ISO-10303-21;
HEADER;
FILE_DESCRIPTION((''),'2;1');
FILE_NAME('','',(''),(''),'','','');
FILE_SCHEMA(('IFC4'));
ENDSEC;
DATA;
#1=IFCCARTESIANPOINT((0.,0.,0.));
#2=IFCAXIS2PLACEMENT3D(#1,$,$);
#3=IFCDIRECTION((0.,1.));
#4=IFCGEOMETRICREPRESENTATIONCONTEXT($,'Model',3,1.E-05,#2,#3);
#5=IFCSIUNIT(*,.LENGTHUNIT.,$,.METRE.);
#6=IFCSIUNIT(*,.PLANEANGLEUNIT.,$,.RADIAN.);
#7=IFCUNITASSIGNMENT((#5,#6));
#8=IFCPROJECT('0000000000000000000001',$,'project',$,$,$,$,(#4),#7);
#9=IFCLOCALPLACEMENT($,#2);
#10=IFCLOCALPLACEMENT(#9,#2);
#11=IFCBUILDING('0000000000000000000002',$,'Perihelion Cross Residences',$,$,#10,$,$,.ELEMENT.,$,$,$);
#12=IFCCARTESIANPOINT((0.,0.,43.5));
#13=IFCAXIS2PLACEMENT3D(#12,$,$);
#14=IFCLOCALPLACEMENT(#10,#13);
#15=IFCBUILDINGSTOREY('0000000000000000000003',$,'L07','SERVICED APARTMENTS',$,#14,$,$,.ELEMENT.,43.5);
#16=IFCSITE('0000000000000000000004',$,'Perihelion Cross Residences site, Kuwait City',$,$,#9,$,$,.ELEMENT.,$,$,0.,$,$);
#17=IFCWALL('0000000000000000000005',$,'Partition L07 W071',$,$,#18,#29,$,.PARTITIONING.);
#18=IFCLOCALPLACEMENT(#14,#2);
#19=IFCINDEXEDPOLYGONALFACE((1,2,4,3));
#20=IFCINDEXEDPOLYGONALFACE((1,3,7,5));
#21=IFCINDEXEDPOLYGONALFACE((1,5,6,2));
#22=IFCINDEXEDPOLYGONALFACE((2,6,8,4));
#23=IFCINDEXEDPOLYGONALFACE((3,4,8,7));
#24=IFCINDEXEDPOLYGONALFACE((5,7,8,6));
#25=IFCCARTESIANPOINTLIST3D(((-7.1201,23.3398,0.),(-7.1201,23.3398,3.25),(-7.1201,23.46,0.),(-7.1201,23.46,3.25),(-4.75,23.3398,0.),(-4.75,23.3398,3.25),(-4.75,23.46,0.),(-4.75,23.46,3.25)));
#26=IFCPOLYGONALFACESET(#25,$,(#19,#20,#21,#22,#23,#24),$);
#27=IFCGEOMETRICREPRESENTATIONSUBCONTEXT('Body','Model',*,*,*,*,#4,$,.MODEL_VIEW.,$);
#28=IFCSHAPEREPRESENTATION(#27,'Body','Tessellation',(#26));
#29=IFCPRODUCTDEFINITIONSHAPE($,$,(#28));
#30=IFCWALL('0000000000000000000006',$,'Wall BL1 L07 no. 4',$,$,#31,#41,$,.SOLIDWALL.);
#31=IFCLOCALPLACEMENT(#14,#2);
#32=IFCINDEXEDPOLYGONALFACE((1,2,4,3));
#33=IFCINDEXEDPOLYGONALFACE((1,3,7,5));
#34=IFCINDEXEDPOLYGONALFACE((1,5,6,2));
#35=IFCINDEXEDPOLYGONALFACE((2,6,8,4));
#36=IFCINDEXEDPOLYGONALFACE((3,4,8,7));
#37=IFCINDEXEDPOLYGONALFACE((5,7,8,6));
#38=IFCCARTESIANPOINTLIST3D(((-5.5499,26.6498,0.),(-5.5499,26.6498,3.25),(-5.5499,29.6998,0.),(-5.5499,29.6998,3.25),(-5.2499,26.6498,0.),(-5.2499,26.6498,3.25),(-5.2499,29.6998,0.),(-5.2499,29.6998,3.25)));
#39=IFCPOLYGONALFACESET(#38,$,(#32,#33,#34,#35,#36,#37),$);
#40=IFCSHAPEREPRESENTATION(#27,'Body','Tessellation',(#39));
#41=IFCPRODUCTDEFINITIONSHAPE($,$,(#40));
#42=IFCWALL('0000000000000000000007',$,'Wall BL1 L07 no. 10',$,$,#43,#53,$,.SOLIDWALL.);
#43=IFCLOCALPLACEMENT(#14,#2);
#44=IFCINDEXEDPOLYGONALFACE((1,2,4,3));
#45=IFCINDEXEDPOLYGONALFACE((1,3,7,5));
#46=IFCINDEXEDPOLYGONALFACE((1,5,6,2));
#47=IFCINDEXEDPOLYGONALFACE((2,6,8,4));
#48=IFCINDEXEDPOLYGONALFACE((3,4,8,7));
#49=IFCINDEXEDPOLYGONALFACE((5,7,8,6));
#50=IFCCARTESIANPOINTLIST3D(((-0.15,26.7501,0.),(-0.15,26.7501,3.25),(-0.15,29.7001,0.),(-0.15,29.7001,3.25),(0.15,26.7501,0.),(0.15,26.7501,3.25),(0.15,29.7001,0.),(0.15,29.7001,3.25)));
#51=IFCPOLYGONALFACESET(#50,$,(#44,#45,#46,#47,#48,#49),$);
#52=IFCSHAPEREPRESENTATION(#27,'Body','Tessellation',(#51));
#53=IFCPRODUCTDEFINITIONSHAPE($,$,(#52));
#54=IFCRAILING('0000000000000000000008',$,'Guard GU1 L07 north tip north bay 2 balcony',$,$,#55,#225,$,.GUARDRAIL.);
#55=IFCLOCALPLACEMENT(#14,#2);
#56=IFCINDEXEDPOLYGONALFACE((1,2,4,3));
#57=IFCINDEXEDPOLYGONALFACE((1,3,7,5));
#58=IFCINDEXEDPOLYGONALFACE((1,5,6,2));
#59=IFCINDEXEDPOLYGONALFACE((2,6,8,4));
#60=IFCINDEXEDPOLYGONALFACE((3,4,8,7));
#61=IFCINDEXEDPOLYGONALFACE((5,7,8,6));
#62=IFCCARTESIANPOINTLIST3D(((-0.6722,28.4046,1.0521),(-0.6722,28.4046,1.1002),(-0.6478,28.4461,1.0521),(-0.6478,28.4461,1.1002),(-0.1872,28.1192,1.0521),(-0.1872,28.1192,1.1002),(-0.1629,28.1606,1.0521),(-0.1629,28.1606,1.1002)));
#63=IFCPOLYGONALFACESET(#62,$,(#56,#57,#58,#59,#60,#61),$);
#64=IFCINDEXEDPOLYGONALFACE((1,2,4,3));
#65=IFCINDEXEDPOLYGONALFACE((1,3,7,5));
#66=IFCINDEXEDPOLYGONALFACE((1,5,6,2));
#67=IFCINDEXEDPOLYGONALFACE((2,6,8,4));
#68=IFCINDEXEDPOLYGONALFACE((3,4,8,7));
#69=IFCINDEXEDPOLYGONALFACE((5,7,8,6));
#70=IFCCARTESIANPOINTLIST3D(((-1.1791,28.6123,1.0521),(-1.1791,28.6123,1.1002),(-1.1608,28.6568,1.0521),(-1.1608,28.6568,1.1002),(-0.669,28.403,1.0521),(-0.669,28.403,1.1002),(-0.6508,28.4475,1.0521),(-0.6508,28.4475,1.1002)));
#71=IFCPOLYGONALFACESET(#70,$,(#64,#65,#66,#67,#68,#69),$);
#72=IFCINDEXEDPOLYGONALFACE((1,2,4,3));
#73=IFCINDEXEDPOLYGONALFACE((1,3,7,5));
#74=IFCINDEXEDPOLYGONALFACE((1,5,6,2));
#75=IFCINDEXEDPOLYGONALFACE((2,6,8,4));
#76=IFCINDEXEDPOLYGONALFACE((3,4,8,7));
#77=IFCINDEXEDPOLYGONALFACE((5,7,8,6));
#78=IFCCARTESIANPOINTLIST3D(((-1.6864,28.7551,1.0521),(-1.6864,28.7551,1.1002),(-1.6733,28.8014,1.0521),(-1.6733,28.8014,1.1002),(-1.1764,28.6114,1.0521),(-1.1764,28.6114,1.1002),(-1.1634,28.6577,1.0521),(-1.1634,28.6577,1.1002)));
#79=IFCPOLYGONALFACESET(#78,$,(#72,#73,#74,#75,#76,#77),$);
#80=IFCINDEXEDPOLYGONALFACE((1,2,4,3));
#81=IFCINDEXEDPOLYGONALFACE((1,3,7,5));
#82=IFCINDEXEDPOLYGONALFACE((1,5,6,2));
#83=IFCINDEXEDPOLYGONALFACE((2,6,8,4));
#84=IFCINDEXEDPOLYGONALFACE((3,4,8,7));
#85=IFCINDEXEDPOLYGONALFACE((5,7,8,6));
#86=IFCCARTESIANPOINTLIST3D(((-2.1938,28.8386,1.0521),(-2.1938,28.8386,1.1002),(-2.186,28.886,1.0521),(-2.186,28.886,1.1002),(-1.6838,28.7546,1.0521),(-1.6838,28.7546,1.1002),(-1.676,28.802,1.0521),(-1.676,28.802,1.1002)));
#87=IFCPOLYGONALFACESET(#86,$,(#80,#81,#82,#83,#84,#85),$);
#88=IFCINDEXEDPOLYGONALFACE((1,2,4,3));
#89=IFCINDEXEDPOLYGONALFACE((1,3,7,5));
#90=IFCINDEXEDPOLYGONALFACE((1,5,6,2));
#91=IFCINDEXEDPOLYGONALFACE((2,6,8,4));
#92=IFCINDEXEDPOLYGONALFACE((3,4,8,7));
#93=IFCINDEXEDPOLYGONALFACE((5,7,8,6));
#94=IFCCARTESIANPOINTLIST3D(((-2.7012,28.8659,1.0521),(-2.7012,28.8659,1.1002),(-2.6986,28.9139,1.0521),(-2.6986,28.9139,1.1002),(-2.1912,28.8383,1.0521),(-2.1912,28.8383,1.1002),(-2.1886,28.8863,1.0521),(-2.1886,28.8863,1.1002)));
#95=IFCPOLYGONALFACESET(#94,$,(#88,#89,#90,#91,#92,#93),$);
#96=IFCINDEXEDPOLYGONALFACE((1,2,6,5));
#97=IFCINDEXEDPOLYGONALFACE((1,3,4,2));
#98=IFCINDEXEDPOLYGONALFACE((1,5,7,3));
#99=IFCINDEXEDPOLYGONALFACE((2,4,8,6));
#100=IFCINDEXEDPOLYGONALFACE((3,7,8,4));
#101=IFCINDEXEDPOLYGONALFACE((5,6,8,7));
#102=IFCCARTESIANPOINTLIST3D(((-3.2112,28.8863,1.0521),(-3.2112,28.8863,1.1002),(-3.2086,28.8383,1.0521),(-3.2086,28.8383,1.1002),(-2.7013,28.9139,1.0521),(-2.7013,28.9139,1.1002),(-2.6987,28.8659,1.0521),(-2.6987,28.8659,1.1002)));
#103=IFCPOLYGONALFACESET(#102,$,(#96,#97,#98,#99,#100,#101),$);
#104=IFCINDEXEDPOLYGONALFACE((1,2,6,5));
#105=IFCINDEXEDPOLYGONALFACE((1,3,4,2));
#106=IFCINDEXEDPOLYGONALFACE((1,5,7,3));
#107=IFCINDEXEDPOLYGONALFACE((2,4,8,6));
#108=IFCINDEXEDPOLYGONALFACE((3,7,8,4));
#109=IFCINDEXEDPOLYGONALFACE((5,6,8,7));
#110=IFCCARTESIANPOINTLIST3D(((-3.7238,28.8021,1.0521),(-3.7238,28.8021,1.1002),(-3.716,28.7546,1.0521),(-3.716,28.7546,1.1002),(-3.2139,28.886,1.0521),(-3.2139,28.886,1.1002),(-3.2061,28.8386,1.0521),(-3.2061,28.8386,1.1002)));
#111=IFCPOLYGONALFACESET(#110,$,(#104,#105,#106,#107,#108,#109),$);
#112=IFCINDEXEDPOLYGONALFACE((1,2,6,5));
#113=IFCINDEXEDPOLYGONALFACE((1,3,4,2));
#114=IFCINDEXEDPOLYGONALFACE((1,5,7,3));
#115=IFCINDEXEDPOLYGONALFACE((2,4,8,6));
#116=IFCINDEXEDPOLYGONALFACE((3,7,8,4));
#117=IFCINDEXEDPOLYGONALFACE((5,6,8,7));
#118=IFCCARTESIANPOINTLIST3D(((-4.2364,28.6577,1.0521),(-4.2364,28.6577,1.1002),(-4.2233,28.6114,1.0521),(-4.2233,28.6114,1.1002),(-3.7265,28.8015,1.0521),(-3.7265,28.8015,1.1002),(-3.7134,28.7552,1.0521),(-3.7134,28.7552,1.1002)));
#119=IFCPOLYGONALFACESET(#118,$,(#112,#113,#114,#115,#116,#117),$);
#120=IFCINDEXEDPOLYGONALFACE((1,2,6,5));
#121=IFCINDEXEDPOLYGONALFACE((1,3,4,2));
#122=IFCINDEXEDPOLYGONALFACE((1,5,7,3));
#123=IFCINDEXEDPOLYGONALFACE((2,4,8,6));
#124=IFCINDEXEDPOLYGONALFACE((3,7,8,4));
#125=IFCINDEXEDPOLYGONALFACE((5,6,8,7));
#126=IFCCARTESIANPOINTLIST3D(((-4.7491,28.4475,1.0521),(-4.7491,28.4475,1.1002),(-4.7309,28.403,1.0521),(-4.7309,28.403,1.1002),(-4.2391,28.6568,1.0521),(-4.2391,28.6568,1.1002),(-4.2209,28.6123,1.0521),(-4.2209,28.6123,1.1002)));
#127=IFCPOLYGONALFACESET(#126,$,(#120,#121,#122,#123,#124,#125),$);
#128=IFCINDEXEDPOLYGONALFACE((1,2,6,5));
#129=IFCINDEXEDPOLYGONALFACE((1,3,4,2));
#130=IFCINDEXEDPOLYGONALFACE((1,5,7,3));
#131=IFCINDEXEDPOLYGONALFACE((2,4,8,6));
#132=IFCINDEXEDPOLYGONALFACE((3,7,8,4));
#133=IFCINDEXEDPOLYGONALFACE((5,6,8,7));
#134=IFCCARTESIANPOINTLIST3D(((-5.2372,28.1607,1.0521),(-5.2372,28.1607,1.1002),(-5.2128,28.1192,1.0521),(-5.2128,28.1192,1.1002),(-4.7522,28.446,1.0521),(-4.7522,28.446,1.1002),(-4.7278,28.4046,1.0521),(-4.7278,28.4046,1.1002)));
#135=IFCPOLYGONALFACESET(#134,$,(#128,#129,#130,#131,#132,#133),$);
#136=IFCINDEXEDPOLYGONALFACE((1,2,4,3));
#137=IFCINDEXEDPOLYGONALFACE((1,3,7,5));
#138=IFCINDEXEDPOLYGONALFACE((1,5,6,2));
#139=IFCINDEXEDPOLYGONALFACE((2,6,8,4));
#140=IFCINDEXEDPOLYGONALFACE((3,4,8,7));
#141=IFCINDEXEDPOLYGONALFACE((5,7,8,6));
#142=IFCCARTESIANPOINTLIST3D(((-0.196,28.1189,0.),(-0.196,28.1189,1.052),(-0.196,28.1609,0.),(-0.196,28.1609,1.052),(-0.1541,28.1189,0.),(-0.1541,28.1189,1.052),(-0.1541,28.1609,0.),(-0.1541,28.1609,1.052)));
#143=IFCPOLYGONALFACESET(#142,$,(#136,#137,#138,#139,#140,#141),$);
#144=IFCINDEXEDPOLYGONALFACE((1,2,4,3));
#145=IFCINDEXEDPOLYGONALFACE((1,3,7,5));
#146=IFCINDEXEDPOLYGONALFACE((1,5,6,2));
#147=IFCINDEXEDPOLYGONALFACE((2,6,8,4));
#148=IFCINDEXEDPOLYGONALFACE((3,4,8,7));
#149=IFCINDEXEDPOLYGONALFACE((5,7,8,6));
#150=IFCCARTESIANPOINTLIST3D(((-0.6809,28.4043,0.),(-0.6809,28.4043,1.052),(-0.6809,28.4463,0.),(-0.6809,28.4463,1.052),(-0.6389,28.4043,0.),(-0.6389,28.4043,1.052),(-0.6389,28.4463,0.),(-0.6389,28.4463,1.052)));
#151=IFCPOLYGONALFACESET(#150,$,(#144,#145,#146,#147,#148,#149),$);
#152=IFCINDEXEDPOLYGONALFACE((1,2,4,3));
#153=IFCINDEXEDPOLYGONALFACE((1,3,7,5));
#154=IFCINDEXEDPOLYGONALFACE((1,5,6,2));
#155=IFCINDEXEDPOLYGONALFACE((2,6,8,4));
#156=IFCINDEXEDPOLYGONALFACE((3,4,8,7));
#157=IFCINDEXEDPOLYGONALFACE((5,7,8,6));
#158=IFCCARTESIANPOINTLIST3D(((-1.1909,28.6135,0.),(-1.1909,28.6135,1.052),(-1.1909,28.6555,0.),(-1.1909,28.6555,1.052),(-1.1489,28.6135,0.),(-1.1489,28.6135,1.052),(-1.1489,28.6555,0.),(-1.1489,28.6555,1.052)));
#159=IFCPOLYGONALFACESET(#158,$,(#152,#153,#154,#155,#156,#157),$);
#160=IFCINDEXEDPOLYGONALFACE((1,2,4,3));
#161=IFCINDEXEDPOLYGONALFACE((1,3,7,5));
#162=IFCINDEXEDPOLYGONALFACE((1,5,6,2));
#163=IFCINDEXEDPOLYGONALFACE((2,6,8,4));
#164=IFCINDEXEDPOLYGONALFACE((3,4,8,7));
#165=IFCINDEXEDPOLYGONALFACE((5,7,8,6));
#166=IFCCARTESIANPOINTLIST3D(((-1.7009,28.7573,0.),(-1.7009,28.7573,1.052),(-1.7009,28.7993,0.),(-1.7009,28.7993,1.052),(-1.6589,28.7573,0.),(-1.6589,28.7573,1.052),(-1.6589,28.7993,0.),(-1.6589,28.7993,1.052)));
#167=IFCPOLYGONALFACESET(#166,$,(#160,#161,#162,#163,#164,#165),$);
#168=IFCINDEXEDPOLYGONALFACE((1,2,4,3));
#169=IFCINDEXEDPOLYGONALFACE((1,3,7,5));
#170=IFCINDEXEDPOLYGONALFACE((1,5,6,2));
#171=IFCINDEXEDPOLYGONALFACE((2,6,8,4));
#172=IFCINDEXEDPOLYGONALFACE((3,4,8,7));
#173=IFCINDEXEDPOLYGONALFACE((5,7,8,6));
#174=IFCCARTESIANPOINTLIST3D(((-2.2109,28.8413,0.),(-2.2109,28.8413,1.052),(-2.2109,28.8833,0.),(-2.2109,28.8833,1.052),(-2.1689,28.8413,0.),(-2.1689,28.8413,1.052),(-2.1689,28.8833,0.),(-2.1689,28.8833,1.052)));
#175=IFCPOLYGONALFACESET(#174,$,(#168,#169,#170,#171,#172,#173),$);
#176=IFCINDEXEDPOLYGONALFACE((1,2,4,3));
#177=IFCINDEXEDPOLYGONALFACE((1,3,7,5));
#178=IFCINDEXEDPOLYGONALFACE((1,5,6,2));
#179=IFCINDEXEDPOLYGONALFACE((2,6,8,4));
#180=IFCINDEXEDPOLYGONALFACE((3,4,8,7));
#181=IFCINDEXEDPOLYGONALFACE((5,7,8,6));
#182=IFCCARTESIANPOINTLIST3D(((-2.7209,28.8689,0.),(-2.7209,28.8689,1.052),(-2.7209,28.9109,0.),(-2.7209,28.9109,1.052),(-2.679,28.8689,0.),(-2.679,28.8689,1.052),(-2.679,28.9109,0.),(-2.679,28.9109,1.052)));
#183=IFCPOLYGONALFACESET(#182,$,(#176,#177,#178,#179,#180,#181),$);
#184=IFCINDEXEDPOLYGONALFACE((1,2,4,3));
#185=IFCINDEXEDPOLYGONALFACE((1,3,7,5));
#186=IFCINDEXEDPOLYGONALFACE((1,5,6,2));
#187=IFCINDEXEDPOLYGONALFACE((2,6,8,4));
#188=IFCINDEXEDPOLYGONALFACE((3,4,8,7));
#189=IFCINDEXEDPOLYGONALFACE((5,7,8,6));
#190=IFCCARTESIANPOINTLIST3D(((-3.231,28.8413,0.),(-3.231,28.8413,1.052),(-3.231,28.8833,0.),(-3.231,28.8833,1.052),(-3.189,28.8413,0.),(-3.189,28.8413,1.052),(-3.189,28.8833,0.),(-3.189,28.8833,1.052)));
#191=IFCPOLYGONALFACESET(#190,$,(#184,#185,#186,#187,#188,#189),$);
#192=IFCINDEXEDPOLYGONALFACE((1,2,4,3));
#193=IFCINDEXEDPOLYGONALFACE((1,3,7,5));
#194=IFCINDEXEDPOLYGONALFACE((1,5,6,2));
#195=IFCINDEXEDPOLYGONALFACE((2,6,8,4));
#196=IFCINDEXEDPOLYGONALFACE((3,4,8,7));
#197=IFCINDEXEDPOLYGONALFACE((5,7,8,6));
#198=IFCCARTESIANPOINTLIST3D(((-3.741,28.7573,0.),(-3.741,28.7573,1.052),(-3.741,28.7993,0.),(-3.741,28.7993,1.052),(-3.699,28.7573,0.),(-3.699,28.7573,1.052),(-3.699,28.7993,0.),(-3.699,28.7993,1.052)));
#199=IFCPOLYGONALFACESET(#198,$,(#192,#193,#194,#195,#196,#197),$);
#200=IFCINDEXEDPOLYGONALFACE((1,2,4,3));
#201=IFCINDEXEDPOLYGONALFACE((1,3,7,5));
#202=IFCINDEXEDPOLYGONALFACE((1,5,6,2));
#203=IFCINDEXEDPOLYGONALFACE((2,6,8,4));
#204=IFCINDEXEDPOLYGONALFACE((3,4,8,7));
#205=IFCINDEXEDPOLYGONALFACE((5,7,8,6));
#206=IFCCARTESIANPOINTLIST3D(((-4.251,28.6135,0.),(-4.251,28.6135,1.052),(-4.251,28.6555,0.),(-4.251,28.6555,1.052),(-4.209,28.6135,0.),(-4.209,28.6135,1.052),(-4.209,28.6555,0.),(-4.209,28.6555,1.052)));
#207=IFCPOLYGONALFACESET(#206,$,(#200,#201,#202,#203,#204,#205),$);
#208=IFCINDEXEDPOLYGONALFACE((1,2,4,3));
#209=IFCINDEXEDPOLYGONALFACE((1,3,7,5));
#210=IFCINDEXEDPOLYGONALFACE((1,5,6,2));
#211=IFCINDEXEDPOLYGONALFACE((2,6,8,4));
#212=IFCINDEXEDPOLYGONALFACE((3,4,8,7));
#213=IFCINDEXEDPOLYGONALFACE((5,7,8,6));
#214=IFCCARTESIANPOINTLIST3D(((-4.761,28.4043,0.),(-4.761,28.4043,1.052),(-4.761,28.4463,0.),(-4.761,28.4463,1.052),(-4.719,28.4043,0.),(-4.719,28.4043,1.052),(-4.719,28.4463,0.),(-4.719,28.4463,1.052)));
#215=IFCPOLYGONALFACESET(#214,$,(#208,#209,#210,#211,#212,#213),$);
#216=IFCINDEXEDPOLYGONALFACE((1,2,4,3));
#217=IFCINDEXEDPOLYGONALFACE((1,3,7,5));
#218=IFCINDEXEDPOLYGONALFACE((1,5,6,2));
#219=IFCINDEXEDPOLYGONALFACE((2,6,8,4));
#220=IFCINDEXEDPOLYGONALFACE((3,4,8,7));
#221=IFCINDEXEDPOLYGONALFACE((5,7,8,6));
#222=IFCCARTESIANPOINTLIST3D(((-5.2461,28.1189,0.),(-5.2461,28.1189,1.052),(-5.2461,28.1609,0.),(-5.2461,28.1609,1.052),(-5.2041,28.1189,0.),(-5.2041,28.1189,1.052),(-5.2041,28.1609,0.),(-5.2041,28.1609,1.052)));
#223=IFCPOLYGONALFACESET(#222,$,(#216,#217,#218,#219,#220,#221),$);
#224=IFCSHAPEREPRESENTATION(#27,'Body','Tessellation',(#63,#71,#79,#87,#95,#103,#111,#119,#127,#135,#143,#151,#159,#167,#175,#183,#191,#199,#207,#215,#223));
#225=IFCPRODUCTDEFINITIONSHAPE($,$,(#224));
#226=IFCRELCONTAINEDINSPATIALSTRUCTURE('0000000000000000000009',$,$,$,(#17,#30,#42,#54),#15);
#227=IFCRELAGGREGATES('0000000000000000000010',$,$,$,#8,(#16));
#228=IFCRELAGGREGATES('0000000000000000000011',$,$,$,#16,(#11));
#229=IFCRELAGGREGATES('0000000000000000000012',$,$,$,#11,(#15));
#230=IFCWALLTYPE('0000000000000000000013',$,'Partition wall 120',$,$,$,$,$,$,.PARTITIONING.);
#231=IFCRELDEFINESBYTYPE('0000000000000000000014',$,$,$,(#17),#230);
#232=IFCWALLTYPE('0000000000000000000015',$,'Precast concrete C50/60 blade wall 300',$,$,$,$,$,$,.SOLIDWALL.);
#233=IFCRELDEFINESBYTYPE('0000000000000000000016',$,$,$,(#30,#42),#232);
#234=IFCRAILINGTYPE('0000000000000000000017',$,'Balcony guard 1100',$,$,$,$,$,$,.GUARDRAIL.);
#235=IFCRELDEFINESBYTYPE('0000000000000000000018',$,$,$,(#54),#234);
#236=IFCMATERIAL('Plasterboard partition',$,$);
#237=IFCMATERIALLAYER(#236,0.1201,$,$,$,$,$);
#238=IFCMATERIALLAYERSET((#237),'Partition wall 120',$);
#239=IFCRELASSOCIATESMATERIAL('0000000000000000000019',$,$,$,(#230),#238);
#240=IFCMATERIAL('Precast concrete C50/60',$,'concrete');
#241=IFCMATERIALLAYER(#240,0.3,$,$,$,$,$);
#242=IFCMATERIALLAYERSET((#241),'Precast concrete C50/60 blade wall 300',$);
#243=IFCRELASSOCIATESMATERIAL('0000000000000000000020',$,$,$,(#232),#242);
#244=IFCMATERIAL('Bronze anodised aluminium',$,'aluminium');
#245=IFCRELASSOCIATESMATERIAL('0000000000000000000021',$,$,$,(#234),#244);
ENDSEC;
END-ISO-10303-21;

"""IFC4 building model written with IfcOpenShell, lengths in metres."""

from ifc_helpers import new_model, si_unit, direction, frame, frame_2d, origin, origin_2d, place, context, subcontext, project, spatial, rectangle, extrude, material, layer, layer_set, type_object, element, save


model = new_model("IFC4")

# Units and contexts
model_context = context("Model", 3, precision=1e-05, world=origin(), true_north=direction((0.0, 1.0)))
body_context = subcontext(model_context, "Body", "Model", "MODEL_VIEW")
ifc_project = project(units=[si_unit("LENGTHUNIT", "METRE"), si_unit("PLANEANGLEUNIT", "RADIAN")], contexts=[model_context])

# Site, building, storey
site_placement = place(None, origin())
site = spatial("IfcSite", under=ifc_project, at=site_placement, Name="Perihelion Cross Residences site, Kuwait City", CompositionType="ELEMENT", RefElevation=0.0)
building_placement = place(site_placement, origin())
building = spatial("IfcBuilding", under=site, at=building_placement, Name="Perihelion Cross Residences", CompositionType="ELEMENT")
storey_placement = place(building_placement, frame((0.0, 0.0, 43.5)))
storey = spatial("IfcBuildingStorey", under=building, at=storey_placement, Name="L07", Description="SERVICED APARTMENTS", CompositionType="ELEMENT", Elevation=43.5)

# Shared definitions
ifc_material_1 = material(Name="Plasterboard partition")
ifc_layer_1 = layer(ifc_material_1, 0.1201)
ifc_layer_set_1 = layer_set([ifc_layer_1], Name="Partition wall 120")
wall_type_1 = type_object("IfcWallType", Name="Partition wall 120", PredefinedType="PARTITIONING", material=ifc_layer_set_1)

# Walls
wall_1_placement = place(storey_placement, frame((-7.1201, 23.3999, 0.0), z_axis=(0.0, 0.0, 1.0), x_axis=(1.0, 0.0, 0.0)))
element("IfcWall", 1, at=wall_1_placement, inside=storey, type_object=wall_type_1, Name="Partition L07 W071", PredefinedType="PARTITIONING", context=body_context, shape_type="SweptSolid", body=[
    extrude(rectangle(XDim=2.3701, YDim=0.1201, at=frame_2d((1.1851, 0.0))), origin(), (0.0, 0.0, 1.0), 3.25),
])
ifc_material_2 = material(Name="Precast concrete C50/60", Category="concrete")
ifc_layer_2 = layer(ifc_material_2, 0.3)
ifc_layer_set_2 = layer_set([ifc_layer_2], Name="Precast concrete C50/60 blade wall 300")
wall_type_2 = type_object("IfcWallType", Name="Precast concrete C50/60 blade wall 300", PredefinedType="SOLIDWALL", material=ifc_layer_set_2)
wall_2_placement = place(storey_placement, frame((-5.3999, 26.6499, 0.0), z_axis=(0.0, 0.0, 1.0), x_axis=(0.0, 1.0, 0.0)))
element("IfcWall", 2, at=wall_2_placement, inside=storey, type_object=wall_type_2, Name="Wall BL1 L07 no. 4", PredefinedType="SOLIDWALL", context=body_context, shape_type="SweptSolid", body=[
    extrude(rectangle(XDim=3.05, YDim=0.3, at=frame_2d((1.5249, 0.0))), origin(), (0.0, 0.0, 1.0), 3.25),
])
wall_3_placement = place(storey_placement, frame((0.0, 26.75, 0.0), z_axis=(0.0, 0.0, 1.0), x_axis=(0.0, 1.0, 0.0)))
element("IfcWall", 3, at=wall_3_placement, inside=storey, type_object=wall_type_2, Name="Wall BL1 L07 no. 10", PredefinedType="SOLIDWALL", context=body_context, shape_type="SweptSolid", body=[
    extrude(rectangle(XDim=2.95, YDim=0.3, at=frame_2d((1.4751, 0.0))), origin(), (0.0, 0.0, 1.0), 3.25),
])

# Railing
ifc_material_3 = material(Name="Bronze anodised aluminium", Category="aluminium")
railing_type = type_object("IfcRailingType", Name="Balcony guard 1100", PredefinedType="GUARDRAIL", material=ifc_material_3)
railing_placement = place(storey_placement, frame((-0.175, 28.1399, 0.0)))
element("IfcRailing", 4, at=railing_placement, inside=storey, type_object=railing_type, Name="Guard GU1 L07 north tip north bay 2 balcony", PredefinedType="GUARDRAIL", context=body_context, shape_type="SweptSolid", body=[
    extrude(rectangle(XDim=0.0481, YDim=0.0481, at=origin_2d()), frame((0.0, 0.0, 1.0762), z_axis=(-0.861789, 0.507267, 0.0), x_axis=(-0.507267, -0.861789, 0.0)), (0.0, 0.0, 1.0), 0.5627),
    extrude(rectangle(XDim=0.0481, YDim=0.0481, at=origin_2d()), frame((-0.4849, 0.2854, 1.0762), z_axis=(-0.925173, 0.379547, 0.0), x_axis=(-0.379547, -0.925173, 0.0)), (0.0, 0.0, 1.0), 0.5513),
    extrude(rectangle(XDim=0.0481, YDim=0.0481, at=origin_2d()), frame((-0.9949, 0.4946, 1.0762), z_axis=(-0.962474, 0.271373, 0.0), x_axis=(-0.271373, -0.962474, 0.0)), (0.0, 0.0, 1.0), 0.5298),
    extrude(rectangle(XDim=0.0481, YDim=0.0481, at=origin_2d()), frame((-1.5049, 0.6384, 1.0762), z_axis=(-0.986711, 0.162484, 0.0), x_axis=(-0.162484, -0.986711, 0.0)), (0.0, 0.0, 1.0), 0.5168),
    extrude(rectangle(XDim=0.0481, YDim=0.0481, at=origin_2d()), frame((-2.0149, 0.7224, 1.0762), z_axis=(-0.99854, 0.054014, 0.0), x_axis=(-0.054014, -0.99854, 0.0)), (0.0, 0.0, 1.0), 0.5107),
    extrude(rectangle(XDim=0.0481, YDim=0.0481, at=origin_2d()), frame((-2.5249, 0.75, 1.0762), z_axis=(-0.99854, -0.054014, 0.0), x_axis=(0.054014, -0.99854, 0.0)), (0.0, 0.0, 1.0), 0.5107),
    extrude(rectangle(XDim=0.0481, YDim=0.0481, at=origin_2d()), frame((-3.0349, 0.7224, 1.0762), z_axis=(-0.986711, -0.162484, 0.0), x_axis=(0.162484, -0.986711, 0.0)), (0.0, 0.0, 1.0), 0.5168),
    extrude(rectangle(XDim=0.0481, YDim=0.0481, at=origin_2d()), frame((-3.5449, 0.6384, 1.0762), z_axis=(-0.962474, -0.271373, 0.0), x_axis=(0.271373, -0.962474, 0.0)), (0.0, 0.0, 1.0), 0.5298),
    extrude(rectangle(XDim=0.0481, YDim=0.0481, at=origin_2d()), frame((-4.0549, 0.4946, 1.0762), z_axis=(-0.925173, -0.379547, 0.0), x_axis=(0.379547, -0.925173, 0.0)), (0.0, 0.0, 1.0), 0.5513),
    extrude(rectangle(XDim=0.0481, YDim=0.0481, at=origin_2d()), frame((-4.5649, 0.2854, 1.0762), z_axis=(-0.861901, -0.507077, 0.0), x_axis=(0.507077, -0.861901, 0.0)), (0.0, 0.0, 1.0), 0.5627),
    extrude(rectangle(XDim=0.042, YDim=0.042, at=origin_2d()), origin(), (0.0, 0.0, 1.0), 1.052),
    extrude(rectangle(XDim=0.042, YDim=0.042, at=origin_2d()), frame((-0.4849, 0.2854, 0.0)), (0.0, 0.0, 1.0), 1.052),
    extrude(rectangle(XDim=0.042, YDim=0.042, at=origin_2d()), frame((-0.9949, 0.4946, 0.0)), (0.0, 0.0, 1.0), 1.052),
    extrude(rectangle(XDim=0.042, YDim=0.042, at=origin_2d()), frame((-1.5049, 0.6384, 0.0)), (0.0, 0.0, 1.0), 1.052),
    extrude(rectangle(XDim=0.042, YDim=0.042, at=origin_2d()), frame((-2.0149, 0.7224, 0.0)), (0.0, 0.0, 1.0), 1.052),
    extrude(rectangle(XDim=0.042, YDim=0.042, at=origin_2d()), frame((-2.5249, 0.75, 0.0)), (0.0, 0.0, 1.0), 1.052),
    extrude(rectangle(XDim=0.042, YDim=0.042, at=origin_2d()), frame((-3.0349, 0.7224, 0.0)), (0.0, 0.0, 1.0), 1.052),
    extrude(rectangle(XDim=0.042, YDim=0.042, at=origin_2d()), frame((-3.5449, 0.6384, 0.0)), (0.0, 0.0, 1.0), 1.052),
    extrude(rectangle(XDim=0.042, YDim=0.042, at=origin_2d()), frame((-4.0549, 0.4946, 0.0)), (0.0, 0.0, 1.0), 1.052),
    extrude(rectangle(XDim=0.042, YDim=0.042, at=origin_2d()), frame((-4.5649, 0.2854, 0.0)), (0.0, 0.0, 1.0), 1.052),
    extrude(rectangle(XDim=0.042, YDim=0.042, at=origin_2d()), frame((-5.05, 0.0, 0.0)), (0.0, 0.0, 1.0), 1.052),
])

save(model, "model.ifc")
